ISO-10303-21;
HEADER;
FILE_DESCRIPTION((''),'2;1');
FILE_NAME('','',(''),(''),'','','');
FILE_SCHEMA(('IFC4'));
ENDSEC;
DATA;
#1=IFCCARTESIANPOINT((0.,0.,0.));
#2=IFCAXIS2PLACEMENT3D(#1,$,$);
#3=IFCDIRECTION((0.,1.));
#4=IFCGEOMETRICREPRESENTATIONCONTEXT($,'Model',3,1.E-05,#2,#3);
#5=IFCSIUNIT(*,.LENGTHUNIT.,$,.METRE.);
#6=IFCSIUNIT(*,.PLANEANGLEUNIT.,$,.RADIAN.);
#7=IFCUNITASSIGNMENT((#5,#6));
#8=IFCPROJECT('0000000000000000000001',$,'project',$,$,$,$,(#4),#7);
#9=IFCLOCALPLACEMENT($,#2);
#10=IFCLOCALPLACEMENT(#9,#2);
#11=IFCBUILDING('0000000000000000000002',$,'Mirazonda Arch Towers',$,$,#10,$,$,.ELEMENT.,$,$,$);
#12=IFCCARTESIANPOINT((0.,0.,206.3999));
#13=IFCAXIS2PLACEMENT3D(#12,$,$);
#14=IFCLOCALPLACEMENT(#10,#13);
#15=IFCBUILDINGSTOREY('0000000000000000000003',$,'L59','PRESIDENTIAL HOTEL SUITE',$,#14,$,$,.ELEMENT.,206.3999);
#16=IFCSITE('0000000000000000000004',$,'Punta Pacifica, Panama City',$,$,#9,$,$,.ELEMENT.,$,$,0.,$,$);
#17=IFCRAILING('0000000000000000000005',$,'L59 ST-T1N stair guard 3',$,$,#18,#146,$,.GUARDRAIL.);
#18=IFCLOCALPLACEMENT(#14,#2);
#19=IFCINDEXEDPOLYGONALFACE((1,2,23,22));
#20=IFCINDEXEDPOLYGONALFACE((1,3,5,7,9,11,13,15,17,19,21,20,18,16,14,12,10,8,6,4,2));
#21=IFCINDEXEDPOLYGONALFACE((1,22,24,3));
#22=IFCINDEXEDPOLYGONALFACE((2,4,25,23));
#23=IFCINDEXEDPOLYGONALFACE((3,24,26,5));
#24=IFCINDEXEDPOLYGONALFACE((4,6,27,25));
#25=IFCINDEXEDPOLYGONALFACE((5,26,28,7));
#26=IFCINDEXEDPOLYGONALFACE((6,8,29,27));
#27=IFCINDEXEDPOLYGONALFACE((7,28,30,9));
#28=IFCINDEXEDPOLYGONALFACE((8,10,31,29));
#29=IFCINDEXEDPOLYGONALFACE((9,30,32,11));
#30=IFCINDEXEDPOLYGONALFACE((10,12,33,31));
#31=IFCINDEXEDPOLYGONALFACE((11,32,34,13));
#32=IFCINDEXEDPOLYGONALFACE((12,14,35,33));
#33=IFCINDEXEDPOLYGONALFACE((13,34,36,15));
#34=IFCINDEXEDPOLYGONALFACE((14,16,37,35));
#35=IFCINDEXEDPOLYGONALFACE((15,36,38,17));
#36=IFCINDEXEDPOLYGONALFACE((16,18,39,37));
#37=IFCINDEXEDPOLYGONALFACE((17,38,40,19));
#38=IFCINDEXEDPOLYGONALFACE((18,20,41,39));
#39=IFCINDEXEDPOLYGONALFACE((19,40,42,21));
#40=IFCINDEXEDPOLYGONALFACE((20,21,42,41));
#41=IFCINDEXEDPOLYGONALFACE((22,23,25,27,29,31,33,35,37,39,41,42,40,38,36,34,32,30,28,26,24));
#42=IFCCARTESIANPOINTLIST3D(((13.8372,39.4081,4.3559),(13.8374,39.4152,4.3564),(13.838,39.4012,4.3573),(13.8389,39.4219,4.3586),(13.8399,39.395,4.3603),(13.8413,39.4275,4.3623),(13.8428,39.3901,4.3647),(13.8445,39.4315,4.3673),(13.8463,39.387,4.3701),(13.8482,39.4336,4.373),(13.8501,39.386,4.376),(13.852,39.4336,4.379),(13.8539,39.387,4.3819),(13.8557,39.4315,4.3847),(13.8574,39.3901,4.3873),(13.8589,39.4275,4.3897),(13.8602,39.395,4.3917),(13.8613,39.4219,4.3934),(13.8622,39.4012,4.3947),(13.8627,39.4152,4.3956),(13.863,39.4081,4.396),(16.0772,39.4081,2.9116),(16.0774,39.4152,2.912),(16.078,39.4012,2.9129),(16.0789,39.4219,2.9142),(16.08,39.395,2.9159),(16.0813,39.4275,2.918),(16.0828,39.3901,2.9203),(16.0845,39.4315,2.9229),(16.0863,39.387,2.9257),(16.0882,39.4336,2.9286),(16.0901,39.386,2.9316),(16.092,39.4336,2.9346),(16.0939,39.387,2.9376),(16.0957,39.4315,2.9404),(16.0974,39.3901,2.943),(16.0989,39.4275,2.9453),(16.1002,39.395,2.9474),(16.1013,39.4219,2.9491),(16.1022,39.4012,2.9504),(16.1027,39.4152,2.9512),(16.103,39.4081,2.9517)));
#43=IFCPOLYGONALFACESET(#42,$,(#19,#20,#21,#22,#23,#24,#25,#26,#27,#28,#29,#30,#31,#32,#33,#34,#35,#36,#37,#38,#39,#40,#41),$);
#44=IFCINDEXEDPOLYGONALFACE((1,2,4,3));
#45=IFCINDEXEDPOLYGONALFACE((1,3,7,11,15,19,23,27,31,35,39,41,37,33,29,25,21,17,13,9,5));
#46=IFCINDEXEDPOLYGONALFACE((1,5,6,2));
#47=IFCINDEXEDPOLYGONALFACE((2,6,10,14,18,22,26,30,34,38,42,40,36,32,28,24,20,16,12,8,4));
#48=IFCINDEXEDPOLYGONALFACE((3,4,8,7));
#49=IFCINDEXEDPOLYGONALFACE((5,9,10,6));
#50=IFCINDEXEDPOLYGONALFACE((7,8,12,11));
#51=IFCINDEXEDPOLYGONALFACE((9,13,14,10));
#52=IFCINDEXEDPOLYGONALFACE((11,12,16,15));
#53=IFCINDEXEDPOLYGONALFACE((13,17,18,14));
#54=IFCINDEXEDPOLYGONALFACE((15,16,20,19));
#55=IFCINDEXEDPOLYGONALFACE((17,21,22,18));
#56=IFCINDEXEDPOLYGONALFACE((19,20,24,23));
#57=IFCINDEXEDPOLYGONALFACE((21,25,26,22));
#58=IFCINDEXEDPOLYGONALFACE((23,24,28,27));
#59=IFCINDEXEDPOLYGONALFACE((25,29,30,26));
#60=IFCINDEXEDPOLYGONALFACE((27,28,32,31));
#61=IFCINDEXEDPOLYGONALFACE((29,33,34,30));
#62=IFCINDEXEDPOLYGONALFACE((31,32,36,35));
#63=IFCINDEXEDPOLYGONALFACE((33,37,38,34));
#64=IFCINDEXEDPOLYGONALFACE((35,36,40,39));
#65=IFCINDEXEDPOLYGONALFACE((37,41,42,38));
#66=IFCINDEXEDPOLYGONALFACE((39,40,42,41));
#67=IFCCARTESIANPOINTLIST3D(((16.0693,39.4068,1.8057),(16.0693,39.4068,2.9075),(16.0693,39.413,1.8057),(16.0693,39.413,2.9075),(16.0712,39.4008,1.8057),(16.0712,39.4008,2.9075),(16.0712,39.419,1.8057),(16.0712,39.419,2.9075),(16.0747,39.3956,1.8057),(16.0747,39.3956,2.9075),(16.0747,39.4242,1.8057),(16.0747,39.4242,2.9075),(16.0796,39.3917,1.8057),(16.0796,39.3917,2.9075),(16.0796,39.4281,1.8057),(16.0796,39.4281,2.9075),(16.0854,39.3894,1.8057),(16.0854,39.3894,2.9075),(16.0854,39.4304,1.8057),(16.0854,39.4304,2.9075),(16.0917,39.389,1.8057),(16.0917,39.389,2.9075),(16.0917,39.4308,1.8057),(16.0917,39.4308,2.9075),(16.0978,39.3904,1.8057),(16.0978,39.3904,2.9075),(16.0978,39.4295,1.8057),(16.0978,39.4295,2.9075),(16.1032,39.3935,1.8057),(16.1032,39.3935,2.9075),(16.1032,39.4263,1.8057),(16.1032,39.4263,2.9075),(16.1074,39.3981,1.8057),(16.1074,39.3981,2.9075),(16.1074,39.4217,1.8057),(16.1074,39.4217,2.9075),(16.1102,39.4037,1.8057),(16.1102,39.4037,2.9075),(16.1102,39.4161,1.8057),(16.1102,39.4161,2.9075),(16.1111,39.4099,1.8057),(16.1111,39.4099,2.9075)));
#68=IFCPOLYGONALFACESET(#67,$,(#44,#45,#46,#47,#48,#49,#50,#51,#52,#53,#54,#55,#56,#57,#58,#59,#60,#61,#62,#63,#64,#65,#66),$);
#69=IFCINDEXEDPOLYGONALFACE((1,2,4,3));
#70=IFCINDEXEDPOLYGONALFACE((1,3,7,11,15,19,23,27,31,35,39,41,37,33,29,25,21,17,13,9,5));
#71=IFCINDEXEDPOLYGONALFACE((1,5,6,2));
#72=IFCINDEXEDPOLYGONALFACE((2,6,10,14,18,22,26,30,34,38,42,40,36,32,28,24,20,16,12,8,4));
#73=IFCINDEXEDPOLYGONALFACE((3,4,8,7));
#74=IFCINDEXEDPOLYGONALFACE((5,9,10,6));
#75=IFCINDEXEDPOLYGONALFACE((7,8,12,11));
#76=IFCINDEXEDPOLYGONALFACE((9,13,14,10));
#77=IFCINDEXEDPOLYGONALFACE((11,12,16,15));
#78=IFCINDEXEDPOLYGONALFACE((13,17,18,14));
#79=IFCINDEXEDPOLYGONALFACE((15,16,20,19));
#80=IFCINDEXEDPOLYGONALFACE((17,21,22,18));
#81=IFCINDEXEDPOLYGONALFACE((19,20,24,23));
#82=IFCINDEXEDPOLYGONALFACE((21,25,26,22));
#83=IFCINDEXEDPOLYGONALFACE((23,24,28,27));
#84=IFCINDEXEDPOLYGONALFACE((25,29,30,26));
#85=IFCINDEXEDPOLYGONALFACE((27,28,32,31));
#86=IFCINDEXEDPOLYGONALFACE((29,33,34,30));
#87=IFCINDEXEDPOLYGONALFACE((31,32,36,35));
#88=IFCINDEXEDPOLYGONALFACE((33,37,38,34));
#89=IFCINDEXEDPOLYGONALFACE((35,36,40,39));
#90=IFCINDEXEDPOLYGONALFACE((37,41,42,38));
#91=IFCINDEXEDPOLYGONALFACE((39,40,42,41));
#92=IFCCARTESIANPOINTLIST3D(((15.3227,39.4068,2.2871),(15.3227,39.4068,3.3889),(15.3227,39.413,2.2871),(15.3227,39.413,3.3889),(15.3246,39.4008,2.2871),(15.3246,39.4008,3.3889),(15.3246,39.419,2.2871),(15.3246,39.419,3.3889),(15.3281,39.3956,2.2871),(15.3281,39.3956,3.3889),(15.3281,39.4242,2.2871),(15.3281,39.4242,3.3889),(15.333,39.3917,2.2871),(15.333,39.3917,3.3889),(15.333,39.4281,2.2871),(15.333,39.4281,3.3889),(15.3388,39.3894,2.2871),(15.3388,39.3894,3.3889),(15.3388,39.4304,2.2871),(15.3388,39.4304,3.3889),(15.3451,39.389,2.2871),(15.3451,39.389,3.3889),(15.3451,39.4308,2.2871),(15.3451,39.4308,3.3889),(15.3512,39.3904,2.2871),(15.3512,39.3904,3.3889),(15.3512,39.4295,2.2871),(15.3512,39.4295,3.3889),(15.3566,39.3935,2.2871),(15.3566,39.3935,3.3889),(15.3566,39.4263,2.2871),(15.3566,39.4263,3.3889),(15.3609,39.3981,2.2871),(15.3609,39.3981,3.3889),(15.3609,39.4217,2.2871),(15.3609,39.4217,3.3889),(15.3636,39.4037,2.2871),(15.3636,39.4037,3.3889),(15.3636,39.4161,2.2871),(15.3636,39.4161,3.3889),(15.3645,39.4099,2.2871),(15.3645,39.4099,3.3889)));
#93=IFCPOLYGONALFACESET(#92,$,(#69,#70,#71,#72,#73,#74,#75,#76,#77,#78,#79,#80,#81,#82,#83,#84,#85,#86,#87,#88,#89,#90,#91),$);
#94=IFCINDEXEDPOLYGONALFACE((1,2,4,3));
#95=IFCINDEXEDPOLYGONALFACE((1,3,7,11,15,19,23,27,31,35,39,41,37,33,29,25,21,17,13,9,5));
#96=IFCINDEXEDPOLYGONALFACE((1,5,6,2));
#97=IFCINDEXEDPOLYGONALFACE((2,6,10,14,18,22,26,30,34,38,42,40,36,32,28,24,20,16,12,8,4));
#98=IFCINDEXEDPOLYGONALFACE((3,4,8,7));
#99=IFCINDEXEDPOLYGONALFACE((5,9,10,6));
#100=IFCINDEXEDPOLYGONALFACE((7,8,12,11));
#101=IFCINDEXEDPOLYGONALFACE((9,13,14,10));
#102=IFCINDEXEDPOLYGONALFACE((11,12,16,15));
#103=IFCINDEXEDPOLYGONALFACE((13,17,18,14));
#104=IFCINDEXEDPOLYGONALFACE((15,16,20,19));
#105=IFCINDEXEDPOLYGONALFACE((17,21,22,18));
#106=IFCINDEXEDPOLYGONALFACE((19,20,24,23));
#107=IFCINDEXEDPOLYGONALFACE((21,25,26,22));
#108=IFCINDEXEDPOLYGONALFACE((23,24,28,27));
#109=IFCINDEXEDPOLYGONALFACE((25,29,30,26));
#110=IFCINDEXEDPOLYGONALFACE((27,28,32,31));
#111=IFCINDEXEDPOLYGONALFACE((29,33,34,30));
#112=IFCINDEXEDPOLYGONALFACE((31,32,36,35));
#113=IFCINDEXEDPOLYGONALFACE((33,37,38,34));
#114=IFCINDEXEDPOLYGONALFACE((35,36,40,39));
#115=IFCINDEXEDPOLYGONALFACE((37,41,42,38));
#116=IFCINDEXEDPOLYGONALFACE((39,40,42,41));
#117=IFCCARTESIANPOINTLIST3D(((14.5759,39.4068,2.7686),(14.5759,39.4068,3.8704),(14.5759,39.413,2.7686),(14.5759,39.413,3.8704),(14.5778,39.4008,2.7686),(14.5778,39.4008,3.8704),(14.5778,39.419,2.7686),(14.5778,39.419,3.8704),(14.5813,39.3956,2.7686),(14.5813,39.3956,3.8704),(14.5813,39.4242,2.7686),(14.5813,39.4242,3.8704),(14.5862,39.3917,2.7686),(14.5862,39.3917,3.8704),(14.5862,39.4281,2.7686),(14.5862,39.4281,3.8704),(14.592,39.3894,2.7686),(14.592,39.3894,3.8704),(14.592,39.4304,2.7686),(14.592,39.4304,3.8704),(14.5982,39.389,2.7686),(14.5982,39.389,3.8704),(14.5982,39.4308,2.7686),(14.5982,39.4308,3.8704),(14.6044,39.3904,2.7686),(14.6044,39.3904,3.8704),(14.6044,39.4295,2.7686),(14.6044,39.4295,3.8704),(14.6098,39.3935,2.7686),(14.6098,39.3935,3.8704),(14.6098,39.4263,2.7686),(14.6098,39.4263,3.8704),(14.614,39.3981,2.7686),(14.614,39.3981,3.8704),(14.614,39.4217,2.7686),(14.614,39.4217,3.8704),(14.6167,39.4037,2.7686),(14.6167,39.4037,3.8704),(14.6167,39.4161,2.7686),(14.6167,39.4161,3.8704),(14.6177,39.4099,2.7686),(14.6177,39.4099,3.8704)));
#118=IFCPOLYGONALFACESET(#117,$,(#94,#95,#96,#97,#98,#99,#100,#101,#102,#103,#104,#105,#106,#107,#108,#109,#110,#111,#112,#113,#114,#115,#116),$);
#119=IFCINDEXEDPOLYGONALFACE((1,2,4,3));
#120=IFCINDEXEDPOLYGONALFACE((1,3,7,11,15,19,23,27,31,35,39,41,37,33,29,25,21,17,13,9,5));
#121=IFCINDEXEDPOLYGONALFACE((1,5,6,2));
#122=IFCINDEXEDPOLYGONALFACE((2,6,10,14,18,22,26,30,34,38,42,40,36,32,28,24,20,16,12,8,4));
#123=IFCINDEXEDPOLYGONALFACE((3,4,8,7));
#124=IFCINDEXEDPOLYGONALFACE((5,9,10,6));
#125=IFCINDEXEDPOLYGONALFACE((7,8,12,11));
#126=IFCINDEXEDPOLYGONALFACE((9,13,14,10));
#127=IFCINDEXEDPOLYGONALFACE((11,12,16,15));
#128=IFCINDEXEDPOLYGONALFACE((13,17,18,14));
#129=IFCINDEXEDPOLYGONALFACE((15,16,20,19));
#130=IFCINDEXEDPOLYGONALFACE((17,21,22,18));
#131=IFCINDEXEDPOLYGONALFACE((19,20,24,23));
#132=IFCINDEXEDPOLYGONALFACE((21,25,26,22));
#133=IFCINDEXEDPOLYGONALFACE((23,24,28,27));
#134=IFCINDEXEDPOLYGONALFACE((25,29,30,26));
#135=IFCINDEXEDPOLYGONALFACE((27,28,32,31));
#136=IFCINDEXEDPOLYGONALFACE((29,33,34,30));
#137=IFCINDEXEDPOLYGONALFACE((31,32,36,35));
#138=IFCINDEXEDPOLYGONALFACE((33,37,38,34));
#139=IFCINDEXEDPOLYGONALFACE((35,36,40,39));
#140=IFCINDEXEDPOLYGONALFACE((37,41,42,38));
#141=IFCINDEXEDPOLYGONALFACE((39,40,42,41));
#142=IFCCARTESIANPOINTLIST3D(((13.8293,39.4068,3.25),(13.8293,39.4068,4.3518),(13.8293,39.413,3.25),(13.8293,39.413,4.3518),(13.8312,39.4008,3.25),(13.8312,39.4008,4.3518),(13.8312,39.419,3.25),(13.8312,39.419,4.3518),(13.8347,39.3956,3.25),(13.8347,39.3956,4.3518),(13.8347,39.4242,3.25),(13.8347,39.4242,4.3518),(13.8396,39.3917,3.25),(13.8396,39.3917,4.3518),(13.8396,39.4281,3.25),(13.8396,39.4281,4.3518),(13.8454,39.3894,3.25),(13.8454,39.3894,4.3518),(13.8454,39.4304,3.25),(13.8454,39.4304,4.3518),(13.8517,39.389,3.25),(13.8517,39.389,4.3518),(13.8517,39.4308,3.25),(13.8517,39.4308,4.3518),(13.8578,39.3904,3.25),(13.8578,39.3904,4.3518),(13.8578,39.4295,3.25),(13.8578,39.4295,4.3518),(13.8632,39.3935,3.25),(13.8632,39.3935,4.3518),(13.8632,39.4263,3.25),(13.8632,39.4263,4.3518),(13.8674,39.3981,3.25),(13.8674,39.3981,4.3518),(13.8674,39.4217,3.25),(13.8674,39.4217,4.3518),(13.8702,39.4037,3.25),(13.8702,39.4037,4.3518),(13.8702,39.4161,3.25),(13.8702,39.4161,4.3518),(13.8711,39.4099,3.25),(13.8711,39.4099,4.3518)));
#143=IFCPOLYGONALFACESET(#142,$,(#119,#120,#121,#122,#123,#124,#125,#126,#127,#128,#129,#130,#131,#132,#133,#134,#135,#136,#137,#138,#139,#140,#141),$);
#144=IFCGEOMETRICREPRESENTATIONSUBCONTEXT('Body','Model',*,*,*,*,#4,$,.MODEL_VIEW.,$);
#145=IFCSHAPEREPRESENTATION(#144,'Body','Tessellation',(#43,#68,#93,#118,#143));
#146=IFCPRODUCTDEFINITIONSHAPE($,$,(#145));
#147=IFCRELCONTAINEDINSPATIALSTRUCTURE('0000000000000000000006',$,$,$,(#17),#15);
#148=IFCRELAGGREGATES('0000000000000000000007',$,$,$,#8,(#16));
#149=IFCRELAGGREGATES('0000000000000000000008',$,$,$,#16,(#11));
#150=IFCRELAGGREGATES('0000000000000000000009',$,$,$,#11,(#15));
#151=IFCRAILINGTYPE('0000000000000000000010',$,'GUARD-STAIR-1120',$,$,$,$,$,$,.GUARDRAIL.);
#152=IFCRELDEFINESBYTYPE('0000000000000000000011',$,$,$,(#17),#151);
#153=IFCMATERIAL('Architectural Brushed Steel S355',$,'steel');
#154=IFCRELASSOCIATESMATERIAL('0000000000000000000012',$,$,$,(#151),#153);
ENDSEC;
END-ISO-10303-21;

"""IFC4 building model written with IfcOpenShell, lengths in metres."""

from ifc_helpers import new_model, si_unit, direction, frame, origin, origin_2d, place, context, subcontext, project, spatial, circle, extrude, material, type_object, element, save


model = new_model("IFC4")

# Units and contexts
model_context = context("Model", 3, precision=1e-05, world=origin(), true_north=direction((0.0, 1.0)))
body_context = subcontext(model_context, "Body", "Model", "MODEL_VIEW")
ifc_project = project(units=[si_unit("LENGTHUNIT", "METRE"), si_unit("PLANEANGLEUNIT", "RADIAN")], contexts=[model_context])

# Site, building, storey
site_placement = place(None, origin())
site = spatial("IfcSite", under=ifc_project, at=site_placement, Name="Punta Pacifica, Panama City", CompositionType="ELEMENT", RefElevation=0.0)
building_placement = place(site_placement, origin())
building = spatial("IfcBuilding", under=site, at=building_placement, Name="Mirazonda Arch Towers", CompositionType="ELEMENT")
storey_placement = place(building_placement, frame((0.0, 0.0, 206.3999)))
storey = spatial("IfcBuildingStorey", under=building, at=storey_placement, Name="L59", Description="PRESIDENTIAL HOTEL SUITE", CompositionType="ELEMENT", Elevation=206.3999)

# Shared definitions
ifc_material_1 = material(Name="Architectural Brushed Steel S355", Category="steel")

# Railing
railing_type_1 = type_object("IfcRailingType", Name="GUARD-STAIR-1120", PredefinedType="GUARDRAIL", material=ifc_material_1)
railing_1_placement = place(storey_placement, frame((16.0901, 39.4099, 1.8057)))
element("IfcRailing", 1, at=railing_1_placement, inside=storey, type_object=railing_type_1, Name="L59 ST-T1N stair guard 3", PredefinedType="GUARDRAIL", context=body_context, shape_type="SweptSolid", body=[
    extrude(circle(Radius=0.0239, at=origin_2d()), frame((0.0, 0.0, 1.126), z_axis=(-0.840437, 0.0, 0.54191), x_axis=(0.0, -1.0, 0.0)), (0.0, 0.0, 1.0), 2.6653),
    extrude(circle(Radius=0.021, at=origin_2d()), origin(), (0.0, 0.0, 1.0), 1.1018),
    extrude(circle(Radius=0.021, at=origin_2d()), frame((-0.7466, 0.0, 0.4814)), (0.0, 0.0, 1.0), 1.1018),
    extrude(circle(Radius=0.021, at=origin_2d()), frame((-1.4934, 0.0, 0.9629)), (0.0, 0.0, 1.0), 1.1018),
    extrude(circle(Radius=0.021, at=origin_2d()), frame((-2.24, 0.0, 1.4443)), (0.0, 0.0, 1.0), 1.1018),
])

save(model, "model.ifc")
